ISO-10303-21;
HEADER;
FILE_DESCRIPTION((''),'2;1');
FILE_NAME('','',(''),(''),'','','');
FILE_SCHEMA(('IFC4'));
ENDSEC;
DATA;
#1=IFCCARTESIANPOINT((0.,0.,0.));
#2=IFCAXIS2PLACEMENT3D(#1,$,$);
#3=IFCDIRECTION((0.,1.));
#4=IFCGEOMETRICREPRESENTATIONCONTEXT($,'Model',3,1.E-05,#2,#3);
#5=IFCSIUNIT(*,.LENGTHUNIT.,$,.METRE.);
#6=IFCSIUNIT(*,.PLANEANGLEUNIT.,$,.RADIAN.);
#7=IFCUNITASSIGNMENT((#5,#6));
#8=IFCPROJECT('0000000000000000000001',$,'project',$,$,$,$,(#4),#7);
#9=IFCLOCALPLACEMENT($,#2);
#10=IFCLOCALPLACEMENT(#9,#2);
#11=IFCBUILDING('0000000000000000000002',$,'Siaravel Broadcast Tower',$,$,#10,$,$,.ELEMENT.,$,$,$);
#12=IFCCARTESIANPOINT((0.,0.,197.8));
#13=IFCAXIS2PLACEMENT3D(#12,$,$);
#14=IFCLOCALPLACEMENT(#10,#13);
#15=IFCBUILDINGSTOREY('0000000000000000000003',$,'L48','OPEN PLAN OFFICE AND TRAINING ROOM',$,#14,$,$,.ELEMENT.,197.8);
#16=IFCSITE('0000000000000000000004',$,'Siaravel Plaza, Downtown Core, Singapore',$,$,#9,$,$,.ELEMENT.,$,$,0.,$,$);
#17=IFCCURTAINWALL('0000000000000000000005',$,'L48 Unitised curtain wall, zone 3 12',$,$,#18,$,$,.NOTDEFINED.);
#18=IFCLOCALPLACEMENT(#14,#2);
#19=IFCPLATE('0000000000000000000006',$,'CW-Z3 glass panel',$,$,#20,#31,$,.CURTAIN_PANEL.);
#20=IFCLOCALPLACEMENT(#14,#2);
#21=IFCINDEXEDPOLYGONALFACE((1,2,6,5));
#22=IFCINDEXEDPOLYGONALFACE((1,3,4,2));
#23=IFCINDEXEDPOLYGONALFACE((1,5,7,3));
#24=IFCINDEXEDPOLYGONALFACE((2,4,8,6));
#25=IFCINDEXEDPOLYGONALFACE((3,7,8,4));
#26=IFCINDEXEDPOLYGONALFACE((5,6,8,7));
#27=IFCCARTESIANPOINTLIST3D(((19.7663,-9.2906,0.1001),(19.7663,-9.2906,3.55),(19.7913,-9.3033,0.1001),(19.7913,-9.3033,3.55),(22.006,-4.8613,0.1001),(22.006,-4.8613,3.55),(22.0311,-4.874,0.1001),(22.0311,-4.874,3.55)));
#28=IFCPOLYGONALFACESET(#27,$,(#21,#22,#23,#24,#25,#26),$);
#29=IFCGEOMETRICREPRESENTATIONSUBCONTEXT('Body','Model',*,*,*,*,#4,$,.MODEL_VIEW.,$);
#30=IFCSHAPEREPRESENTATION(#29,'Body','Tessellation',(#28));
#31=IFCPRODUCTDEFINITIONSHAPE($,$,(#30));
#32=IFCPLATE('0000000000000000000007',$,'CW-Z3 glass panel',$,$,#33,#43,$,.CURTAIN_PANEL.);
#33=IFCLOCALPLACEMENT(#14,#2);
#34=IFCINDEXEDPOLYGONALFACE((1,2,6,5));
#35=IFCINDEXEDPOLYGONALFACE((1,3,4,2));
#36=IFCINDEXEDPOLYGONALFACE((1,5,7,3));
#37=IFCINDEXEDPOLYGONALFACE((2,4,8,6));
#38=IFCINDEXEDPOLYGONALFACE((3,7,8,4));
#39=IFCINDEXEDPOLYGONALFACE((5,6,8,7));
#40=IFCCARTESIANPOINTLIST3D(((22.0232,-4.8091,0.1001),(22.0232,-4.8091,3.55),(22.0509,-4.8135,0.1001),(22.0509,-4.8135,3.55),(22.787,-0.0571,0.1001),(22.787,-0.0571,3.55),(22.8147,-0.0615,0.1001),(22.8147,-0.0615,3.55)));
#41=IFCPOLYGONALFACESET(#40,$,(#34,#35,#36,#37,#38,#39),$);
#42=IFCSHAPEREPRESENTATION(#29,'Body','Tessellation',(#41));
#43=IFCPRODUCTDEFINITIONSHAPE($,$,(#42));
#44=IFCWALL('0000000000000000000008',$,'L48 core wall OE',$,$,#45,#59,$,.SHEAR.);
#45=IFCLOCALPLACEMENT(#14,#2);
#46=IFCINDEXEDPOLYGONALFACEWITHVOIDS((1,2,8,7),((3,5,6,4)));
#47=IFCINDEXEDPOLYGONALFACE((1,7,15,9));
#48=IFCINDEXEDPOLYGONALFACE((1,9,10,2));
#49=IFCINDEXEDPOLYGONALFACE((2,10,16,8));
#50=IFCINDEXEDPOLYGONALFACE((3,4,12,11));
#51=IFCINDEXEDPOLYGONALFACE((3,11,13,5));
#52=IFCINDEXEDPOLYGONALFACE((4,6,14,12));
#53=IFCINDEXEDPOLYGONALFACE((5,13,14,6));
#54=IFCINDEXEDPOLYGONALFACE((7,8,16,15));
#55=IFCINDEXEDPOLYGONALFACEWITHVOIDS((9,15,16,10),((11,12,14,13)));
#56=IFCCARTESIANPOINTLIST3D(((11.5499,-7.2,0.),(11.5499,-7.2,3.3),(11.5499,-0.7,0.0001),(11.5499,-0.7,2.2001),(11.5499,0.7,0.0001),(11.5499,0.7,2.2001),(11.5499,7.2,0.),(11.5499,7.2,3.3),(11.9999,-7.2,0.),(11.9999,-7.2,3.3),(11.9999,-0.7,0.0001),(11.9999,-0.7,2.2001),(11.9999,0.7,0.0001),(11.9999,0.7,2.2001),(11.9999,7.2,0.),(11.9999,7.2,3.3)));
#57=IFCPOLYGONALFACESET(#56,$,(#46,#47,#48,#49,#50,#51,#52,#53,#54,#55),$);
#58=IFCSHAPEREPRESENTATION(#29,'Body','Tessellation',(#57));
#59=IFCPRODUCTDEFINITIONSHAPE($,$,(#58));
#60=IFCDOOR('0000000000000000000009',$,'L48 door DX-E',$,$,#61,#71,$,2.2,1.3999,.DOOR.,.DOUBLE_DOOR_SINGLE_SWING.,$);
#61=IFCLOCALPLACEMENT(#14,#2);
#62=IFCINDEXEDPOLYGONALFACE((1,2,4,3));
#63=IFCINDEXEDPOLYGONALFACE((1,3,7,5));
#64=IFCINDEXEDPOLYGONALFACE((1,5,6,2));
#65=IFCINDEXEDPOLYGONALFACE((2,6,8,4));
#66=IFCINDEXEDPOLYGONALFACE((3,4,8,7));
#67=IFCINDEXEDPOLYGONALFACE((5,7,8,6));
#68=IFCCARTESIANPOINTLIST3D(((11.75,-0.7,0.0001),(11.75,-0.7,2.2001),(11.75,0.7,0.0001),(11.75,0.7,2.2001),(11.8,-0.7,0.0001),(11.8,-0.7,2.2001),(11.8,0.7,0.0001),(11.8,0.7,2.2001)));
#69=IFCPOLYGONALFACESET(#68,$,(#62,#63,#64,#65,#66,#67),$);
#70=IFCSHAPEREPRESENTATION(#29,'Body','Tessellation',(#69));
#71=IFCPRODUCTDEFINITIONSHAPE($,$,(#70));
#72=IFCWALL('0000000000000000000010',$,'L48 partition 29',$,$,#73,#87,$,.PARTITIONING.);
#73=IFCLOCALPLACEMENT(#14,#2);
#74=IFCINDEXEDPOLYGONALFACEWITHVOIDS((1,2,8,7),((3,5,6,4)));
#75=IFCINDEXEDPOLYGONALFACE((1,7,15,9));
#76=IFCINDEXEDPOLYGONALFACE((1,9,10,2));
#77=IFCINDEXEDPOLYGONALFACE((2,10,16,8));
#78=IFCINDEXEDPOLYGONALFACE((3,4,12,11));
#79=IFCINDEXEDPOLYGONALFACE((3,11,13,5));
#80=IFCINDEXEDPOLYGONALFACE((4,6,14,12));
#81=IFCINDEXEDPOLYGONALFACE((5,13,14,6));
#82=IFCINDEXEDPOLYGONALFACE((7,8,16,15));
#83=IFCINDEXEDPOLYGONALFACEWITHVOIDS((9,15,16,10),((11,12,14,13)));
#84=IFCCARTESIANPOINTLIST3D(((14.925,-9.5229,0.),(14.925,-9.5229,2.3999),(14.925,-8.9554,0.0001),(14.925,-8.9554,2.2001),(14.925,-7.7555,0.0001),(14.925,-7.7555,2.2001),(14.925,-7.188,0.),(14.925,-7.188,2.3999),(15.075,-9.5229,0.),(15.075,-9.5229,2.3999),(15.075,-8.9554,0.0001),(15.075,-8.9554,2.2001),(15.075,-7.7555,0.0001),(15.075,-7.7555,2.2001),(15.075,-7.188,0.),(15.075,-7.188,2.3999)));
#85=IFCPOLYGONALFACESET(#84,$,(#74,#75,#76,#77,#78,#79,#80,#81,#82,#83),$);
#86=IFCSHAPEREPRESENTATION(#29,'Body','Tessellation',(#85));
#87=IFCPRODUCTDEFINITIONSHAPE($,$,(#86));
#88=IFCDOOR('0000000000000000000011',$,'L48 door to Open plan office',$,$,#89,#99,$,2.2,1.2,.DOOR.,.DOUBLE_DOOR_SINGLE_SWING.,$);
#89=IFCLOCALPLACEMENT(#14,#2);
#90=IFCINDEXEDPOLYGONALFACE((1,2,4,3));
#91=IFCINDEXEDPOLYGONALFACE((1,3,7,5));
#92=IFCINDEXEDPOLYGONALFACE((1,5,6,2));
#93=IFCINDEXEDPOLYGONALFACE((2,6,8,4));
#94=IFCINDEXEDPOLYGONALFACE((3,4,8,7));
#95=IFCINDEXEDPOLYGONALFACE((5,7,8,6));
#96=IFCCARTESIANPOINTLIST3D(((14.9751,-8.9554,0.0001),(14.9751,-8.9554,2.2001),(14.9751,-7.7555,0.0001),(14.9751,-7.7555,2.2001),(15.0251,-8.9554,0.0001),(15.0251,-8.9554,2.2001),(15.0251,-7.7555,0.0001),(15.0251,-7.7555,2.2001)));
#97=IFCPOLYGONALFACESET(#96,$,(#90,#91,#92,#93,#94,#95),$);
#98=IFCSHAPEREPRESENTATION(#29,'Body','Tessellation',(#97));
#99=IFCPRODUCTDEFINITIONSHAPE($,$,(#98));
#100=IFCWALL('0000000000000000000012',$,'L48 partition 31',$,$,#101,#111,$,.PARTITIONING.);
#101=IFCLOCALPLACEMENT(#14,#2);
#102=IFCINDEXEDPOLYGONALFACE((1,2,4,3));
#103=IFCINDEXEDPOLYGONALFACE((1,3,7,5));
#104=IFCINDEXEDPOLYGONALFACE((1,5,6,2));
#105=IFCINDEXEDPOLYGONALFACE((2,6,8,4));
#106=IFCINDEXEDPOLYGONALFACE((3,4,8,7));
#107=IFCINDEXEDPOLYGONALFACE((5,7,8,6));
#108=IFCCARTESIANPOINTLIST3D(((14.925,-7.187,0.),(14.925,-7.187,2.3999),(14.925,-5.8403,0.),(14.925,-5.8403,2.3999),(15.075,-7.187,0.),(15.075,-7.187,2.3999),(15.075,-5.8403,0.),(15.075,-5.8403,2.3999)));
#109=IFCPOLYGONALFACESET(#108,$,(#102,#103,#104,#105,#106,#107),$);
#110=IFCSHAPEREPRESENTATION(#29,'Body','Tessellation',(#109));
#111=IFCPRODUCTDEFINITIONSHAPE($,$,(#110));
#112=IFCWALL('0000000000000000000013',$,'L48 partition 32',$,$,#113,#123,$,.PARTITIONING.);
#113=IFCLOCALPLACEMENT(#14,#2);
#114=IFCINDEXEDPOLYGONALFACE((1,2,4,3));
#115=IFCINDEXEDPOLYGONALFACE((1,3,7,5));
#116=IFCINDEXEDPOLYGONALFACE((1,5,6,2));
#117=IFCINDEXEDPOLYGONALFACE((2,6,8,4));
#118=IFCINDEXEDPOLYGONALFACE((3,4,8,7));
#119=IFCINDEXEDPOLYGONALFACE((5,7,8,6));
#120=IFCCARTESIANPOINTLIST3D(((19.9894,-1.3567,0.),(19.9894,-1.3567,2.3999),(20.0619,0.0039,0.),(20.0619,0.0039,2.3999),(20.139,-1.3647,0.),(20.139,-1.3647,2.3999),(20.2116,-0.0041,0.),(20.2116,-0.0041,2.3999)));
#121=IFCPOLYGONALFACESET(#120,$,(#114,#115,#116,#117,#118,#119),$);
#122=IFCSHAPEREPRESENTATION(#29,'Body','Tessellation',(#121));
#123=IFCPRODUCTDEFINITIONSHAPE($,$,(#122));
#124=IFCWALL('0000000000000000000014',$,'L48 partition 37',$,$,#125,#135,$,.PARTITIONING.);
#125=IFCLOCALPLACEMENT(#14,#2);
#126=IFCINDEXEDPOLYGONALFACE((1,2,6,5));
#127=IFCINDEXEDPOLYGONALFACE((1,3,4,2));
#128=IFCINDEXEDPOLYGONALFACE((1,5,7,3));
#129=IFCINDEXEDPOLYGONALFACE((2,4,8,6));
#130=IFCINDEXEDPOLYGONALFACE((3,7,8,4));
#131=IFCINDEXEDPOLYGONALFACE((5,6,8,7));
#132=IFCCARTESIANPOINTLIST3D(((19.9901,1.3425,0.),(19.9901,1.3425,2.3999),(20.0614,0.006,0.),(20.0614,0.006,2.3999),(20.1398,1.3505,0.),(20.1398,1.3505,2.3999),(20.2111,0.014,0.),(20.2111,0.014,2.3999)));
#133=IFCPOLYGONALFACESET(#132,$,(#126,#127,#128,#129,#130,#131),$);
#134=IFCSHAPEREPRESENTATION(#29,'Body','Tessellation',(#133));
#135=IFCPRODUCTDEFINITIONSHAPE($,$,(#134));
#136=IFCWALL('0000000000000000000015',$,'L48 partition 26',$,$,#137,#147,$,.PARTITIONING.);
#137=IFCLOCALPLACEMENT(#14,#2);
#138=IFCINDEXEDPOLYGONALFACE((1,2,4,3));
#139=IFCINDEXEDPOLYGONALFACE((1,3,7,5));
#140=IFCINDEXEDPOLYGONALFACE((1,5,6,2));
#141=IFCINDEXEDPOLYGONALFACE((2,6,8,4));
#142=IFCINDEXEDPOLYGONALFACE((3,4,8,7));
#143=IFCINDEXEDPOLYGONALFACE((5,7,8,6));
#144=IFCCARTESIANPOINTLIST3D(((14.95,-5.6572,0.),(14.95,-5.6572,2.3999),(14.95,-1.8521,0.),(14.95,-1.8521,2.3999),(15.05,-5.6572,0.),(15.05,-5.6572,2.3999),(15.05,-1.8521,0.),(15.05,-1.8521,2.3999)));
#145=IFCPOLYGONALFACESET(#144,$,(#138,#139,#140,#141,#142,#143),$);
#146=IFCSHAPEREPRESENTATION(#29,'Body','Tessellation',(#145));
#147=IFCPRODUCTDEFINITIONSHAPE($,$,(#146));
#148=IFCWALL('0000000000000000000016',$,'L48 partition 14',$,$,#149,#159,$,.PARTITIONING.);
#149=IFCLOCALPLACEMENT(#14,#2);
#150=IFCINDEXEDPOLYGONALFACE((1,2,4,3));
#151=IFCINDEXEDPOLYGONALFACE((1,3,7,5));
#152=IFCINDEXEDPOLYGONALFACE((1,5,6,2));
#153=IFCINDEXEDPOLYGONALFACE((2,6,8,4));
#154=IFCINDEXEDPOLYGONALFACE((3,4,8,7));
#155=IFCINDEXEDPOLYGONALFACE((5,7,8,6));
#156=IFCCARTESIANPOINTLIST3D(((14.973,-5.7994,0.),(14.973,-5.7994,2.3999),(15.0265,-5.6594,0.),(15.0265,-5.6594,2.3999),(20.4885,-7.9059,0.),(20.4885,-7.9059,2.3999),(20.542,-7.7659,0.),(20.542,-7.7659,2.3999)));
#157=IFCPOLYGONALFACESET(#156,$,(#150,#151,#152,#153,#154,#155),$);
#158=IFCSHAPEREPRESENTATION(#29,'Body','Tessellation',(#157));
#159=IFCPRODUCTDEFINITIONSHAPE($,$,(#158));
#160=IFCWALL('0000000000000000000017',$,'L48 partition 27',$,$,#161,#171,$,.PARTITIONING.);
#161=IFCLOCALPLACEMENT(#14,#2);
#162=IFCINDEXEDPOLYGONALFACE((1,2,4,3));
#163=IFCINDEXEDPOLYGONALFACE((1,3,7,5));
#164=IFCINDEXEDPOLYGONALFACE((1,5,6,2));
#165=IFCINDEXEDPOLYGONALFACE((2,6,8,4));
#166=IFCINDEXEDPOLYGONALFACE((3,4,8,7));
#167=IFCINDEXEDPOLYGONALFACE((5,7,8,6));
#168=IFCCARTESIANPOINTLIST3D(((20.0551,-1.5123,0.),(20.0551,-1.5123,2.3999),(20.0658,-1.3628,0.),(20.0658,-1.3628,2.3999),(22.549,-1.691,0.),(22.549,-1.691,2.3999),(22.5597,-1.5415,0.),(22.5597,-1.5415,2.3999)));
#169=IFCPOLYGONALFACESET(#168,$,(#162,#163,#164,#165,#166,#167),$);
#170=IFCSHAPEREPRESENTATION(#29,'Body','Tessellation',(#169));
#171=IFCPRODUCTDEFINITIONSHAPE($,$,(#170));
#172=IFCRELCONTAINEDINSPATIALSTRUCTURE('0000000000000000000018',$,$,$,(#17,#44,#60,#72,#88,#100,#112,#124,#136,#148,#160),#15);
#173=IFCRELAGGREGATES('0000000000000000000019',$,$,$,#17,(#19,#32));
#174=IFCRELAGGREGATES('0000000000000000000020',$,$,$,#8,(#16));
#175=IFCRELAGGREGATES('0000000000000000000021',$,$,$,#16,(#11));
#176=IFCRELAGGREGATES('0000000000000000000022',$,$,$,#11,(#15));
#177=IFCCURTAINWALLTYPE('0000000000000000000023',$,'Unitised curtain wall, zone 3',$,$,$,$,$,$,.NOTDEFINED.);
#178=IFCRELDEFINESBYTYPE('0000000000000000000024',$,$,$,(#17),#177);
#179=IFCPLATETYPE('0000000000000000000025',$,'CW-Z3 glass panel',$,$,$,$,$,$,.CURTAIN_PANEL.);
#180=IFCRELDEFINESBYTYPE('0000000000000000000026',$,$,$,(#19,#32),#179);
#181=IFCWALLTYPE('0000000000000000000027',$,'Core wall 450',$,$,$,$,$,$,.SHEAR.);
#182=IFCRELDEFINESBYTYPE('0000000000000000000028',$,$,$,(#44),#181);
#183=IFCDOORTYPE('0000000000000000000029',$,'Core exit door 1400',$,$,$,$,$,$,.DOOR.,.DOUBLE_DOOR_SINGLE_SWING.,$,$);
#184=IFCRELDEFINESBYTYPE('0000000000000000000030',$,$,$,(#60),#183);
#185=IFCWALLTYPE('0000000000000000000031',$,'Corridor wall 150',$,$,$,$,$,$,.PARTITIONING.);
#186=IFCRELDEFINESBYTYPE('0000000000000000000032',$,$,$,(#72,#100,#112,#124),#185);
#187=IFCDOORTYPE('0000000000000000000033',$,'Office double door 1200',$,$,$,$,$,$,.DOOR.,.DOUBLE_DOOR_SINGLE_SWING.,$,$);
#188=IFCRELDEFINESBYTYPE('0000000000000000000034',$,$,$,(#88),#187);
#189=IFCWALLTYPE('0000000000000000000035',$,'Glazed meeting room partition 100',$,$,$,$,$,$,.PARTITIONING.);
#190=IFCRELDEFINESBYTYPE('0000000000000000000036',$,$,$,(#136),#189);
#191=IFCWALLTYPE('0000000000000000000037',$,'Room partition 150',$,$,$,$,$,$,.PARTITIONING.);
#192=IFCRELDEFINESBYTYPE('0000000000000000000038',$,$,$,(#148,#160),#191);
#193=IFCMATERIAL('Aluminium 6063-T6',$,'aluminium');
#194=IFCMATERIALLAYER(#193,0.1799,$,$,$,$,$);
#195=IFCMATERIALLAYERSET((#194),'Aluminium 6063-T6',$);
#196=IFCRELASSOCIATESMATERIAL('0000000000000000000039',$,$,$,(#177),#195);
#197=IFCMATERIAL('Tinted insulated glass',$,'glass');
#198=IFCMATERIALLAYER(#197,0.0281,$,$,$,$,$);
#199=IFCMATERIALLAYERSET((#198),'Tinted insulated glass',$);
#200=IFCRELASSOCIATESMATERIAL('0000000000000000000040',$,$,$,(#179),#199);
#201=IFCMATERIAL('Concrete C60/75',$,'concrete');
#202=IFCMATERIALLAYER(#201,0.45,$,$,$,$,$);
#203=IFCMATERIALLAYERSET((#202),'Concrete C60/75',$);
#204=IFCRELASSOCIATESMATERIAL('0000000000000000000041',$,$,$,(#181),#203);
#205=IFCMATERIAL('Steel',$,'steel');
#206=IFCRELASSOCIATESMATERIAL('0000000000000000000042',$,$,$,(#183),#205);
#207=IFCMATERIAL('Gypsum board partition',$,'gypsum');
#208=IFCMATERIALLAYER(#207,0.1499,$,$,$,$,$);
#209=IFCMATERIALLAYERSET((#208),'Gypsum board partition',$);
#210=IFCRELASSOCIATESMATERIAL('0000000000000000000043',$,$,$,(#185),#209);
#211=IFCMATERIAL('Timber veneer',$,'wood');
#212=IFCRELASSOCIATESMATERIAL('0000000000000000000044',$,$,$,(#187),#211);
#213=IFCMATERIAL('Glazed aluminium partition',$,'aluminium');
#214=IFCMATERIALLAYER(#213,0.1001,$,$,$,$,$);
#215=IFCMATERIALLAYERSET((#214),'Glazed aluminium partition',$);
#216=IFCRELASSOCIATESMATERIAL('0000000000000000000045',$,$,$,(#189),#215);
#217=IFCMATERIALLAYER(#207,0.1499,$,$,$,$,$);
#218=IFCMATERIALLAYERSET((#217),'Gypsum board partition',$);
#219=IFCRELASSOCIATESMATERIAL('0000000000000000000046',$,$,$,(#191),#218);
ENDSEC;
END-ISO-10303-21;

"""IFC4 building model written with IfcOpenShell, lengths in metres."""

from ifc_helpers import new_model, si_unit, direction, frame, frame_2d, origin, origin_2d, place, context, subcontext, project, spatial, rectangle, extrude, material, layer, layer_set, type_object, element, fill, aggregate, save


model = new_model("IFC4")

# Units and contexts
model_context = context("Model", 3, precision=1e-05, world=origin(), true_north=direction((0.0, 1.0)))
body_context = subcontext(model_context, "Body", "Model", "MODEL_VIEW")
ifc_project = project(units=[si_unit("LENGTHUNIT", "METRE"), si_unit("PLANEANGLEUNIT", "RADIAN")], contexts=[model_context])

# Site, building, storey
site_placement = place(None, origin())
site = spatial("IfcSite", under=ifc_project, at=site_placement, Name="Siaravel Plaza, Downtown Core, Singapore", CompositionType="ELEMENT", RefElevation=0.0)
building_placement = place(site_placement, origin())
building = spatial("IfcBuilding", under=site, at=building_placement, Name="Siaravel Broadcast Tower", CompositionType="ELEMENT")
storey_placement = place(building_placement, frame((0.0, 0.0, 197.8)))
storey = spatial("IfcBuildingStorey", under=building, at=storey_placement, Name="L48", Description="OPEN PLAN OFFICE AND TRAINING ROOM", CompositionType="ELEMENT", Elevation=197.8)

# Shared definitions
ifc_material_1 = material(Name="Concrete C60/75", Category="concrete")

# Curtain wall
ifc_material_2 = material(Name="Aluminium 6063-T6", Category="aluminium")
ifc_layer_1 = layer(ifc_material_2, 0.1799)
ifc_layer_set_1 = layer_set([ifc_layer_1], Name="Aluminium 6063-T6")
curtain_wall_type = type_object("IfcCurtainWallType", Name="Unitised curtain wall, zone 3", PredefinedType="NOTDEFINED", material=ifc_layer_set_1)
curtain_wall_1_placement = place(storey_placement, origin())
curtain_wall_1 = element("IfcCurtainWall", 1, at=curtain_wall_1_placement, inside=storey, type_object=curtain_wall_type, Name="L48 Unitised curtain wall, zone 3 12", PredefinedType="NOTDEFINED")

# Plates
ifc_material_3 = material(Name="Tinted insulated glass", Category="glass")
ifc_layer_2 = layer(ifc_material_3, 0.0281)
ifc_layer_set_2 = layer_set([ifc_layer_2], Name="Tinted insulated glass")
plate_type = type_object("IfcPlateType", Name="CW-Z3 glass panel", PredefinedType="CURTAIN_PANEL", material=ifc_layer_set_2)
plate_1_placement = place(storey_placement, frame((20.8987, -7.0823, 0.1001), z_axis=(0.0, 0.0, 1.0), x_axis=(0.451261, 0.892392, 0.0)))
plate_1 = element("IfcPlate", 2, at=plate_1_placement, type_object=plate_type, Name="CW-Z3 glass panel", PredefinedType="CURTAIN_PANEL", context=body_context, shape_type="SweptSolid", body=[
    extrude(rectangle(XDim=4.9634, YDim=0.0281, at=origin_2d()), origin(), (0.0, 0.0, 1.0), 3.45),
])
plate_2_placement = place(storey_placement, frame((22.4189, -2.4353, 0.1001), z_axis=(0.0, 0.0, 1.0), x_axis=(0.158685, 0.987329, 0.0)))
plate_2 = element("IfcPlate", 3, at=plate_2_placement, type_object=plate_type, Name="CW-Z3 glass panel", PredefinedType="CURTAIN_PANEL", context=body_context, shape_type="SweptSolid", body=[
    extrude(rectangle(XDim=4.813, YDim=0.0281, at=origin_2d()), origin(), (0.0, 0.0, 1.0), 3.45),
])
aggregate(curtain_wall_1, [plate_1, plate_2])

# Walls, openings, doors
ifc_layer_3 = layer(ifc_material_1, 0.45)
ifc_layer_set_3 = layer_set([ifc_layer_3], Name="Concrete C60/75")
wall_type_1 = type_object("IfcWallType", Name="Core wall 450", PredefinedType="SHEAR", material=ifc_layer_set_3)
wall_1_placement = place(storey_placement, frame((11.7749, -7.2, 0.0), z_axis=(0.0, 0.0, 1.0), x_axis=(0.0, 1.0, 0.0)))
wall_1 = element("IfcWall", 4, at=wall_1_placement, inside=storey, type_object=wall_type_1, Name="L48 core wall OE", PredefinedType="SHEAR", context=body_context, shape_type="SweptSolid", body=[
    extrude(rectangle(XDim=14.3999, YDim=0.45, at=frame_2d((7.2, 0.0))), origin(), (0.0, 0.0, 1.0), 3.3),
])
opening_1_placement = place(wall_1_placement, frame((6.5, 0.0, 0.0)))
opening_1 = element("IfcOpeningElement", 5, at=opening_1_placement, cuts=wall_1, PredefinedType="OPENING", context=body_context, shape_type="SweptSolid", body=[
    extrude(rectangle(XDim=1.3999, YDim=2.2, at=frame_2d((0.7, 1.1001))), frame((0.0, 0.2349, 0.0), z_axis=(0.0, -1.0, 0.0), x_axis=(1.0, 0.0, 0.0)), (0.0, 0.0, 1.0), 0.47),
])
ifc_material_4 = material(Name="Steel", Category="steel")
door_type_1 = type_object("IfcDoorType", Name="Core exit door 1400", OperationType="DOUBLE_DOOR_SINGLE_SWING", PredefinedType="DOOR", material=ifc_material_4)
door_1_placement = place(opening_1_placement, origin())
door_1 = element("IfcDoor", 6, at=door_1_placement, inside=storey, type_object=door_type_1, Name="L48 door DX-E", OperationType="DOUBLE_DOOR_SINGLE_SWING", OverallHeight=2.2, OverallWidth=1.3999, PredefinedType="DOOR", context=body_context, shape_type="SweptSolid", body=[
    extrude(rectangle(XDim=1.3999, YDim=2.2, at=frame_2d((0.7, 1.1001))), frame((0.0, 0.0249, 0.0), z_axis=(0.0, -1.0, 0.0), x_axis=(1.0, 0.0, 0.0)), (0.0, 0.0, 1.0), 0.05),
])
fill(opening_1, door_1)
ifc_material_5 = material(Name="Gypsum board partition", Category="gypsum")
ifc_layer_4 = layer(ifc_material_5, 0.1499)
ifc_layer_set_4 = layer_set([ifc_layer_4], Name="Gypsum board partition")
wall_type_2 = type_object("IfcWallType", Name="Corridor wall 150", PredefinedType="PARTITIONING", material=ifc_layer_set_4)
wall_2_placement = place(storey_placement, frame((15.0, -9.5229, 0.0), z_axis=(0.0, 0.0, 1.0), x_axis=(0.0, 1.0, 0.0)))
wall_2 = element("IfcWall", 7, at=wall_2_placement, inside=storey, type_object=wall_type_2, Name="L48 partition 29", PredefinedType="PARTITIONING", context=body_context, shape_type="SweptSolid", body=[
    extrude(rectangle(XDim=2.335, YDim=0.1499, at=frame_2d((1.1675, 0.0))), origin(), (0.0, 0.0, 1.0), 2.3999),
])
opening_2_placement = place(wall_2_placement, frame((0.5674, 0.0, 0.0)))
opening_2 = element("IfcOpeningElement", 8, at=opening_2_placement, cuts=wall_2, PredefinedType="OPENING", context=body_context, shape_type="SweptSolid", body=[
    extrude(rectangle(XDim=1.2, YDim=2.2, at=frame_2d((0.6001, 1.1001))), frame((0.0, 0.085, 0.0), z_axis=(0.0, -1.0, 0.0), x_axis=(1.0, 0.0, 0.0)), (0.0, 0.0, 1.0), 0.1699),
])
ifc_material_6 = material(Name="Timber veneer", Category="wood")
door_type_2 = type_object("IfcDoorType", Name="Office double door 1200", OperationType="DOUBLE_DOOR_SINGLE_SWING", PredefinedType="DOOR", material=ifc_material_6)
door_2_placement = place(opening_2_placement, origin())
door_2 = element("IfcDoor", 9, at=door_2_placement, inside=storey, type_object=door_type_2, Name="L48 door to Open plan office", OperationType="DOUBLE_DOOR_SINGLE_SWING", OverallHeight=2.2, OverallWidth=1.2, PredefinedType="DOOR", context=body_context, shape_type="SweptSolid", body=[
    extrude(rectangle(XDim=1.2, YDim=2.2, at=frame_2d((0.6001, 1.1001))), frame((0.0, 0.0249, 0.0), z_axis=(0.0, -1.0, 0.0), x_axis=(1.0, 0.0, 0.0)), (0.0, 0.0, 1.0), 0.05),
])
fill(opening_2, door_2)

# Walls
wall_3_placement = place(storey_placement, frame((15.0, -7.187, 0.0), z_axis=(0.0, 0.0, 1.0), x_axis=(0.0, 1.0, 0.0)))
element("IfcWall", 10, at=wall_3_placement, inside=storey, type_object=wall_type_2, Name="L48 partition 31", PredefinedType="PARTITIONING", context=body_context, shape_type="SweptSolid", body=[
    extrude(rectangle(XDim=1.3467, YDim=0.1499, at=frame_2d((0.6733, 0.0))), origin(), (0.0, 0.0, 1.0), 2.3999),
])
wall_4_placement = place(storey_placement, frame((20.0642, -1.3606, 0.0), z_axis=(0.0, 0.0, 1.0), x_axis=(0.053217, 0.998583, 0.0)))
element("IfcWall", 11, at=wall_4_placement, inside=storey, type_object=wall_type_2, Name="L48 partition 32", PredefinedType="PARTITIONING", context=body_context, shape_type="SweptSolid", body=[
    extrude(rectangle(XDim=1.3625, YDim=0.1499, at=frame_2d((0.6812, 0.0))), origin(), (0.0, 0.0, 1.0), 2.3999),
])
wall_5_placement = place(storey_placement, frame((20.1362, 0.01, 0.0), z_axis=(0.0, 0.0, 1.0), x_axis=(-0.053267, 0.99858, 0.0)))
element("IfcWall", 12, at=wall_5_placement, inside=storey, type_object=wall_type_2, Name="L48 partition 37", PredefinedType="PARTITIONING", context=body_context, shape_type="SweptSolid", body=[
    extrude(rectangle(XDim=1.3384, YDim=0.1499, at=frame_2d((0.6692, 0.0))), origin(), (0.0, 0.0, 1.0), 2.3999),
])

# Shared definitions
ifc_material_7 = material(Name="Glazed aluminium partition", Category="aluminium")
ifc_layer_5 = layer(ifc_material_7, 0.1001)
ifc_layer_set_5 = layer_set([ifc_layer_5], Name="Glazed aluminium partition")
wall_type_3 = type_object("IfcWallType", Name="Glazed meeting room partition 100", PredefinedType="PARTITIONING", material=ifc_layer_set_5)

# Walls
wall_6_placement = place(storey_placement, frame((15.0, -5.6572, 0.0), z_axis=(0.0, 0.0, 1.0), x_axis=(0.0, 1.0, 0.0)))
element("IfcWall", 13, at=wall_6_placement, inside=storey, type_object=wall_type_3, Name="L48 partition 26", PredefinedType="PARTITIONING", context=body_context, shape_type="SweptSolid", body=[
    extrude(rectangle(XDim=3.8052, YDim=0.1001, at=frame_2d((1.9026, 0.0))), origin(), (0.0, 0.0, 1.0), 2.3999),
])
ifc_layer_6 = layer(ifc_material_5, 0.1499)
ifc_layer_set_6 = layer_set([ifc_layer_6], Name="Gypsum board partition")
wall_type_4 = type_object("IfcWallType", Name="Room partition 150", PredefinedType="PARTITIONING", material=ifc_layer_set_6)
wall_7_placement = place(storey_placement, frame((20.5154, -7.8359, 0.0), z_axis=(0.0, 0.0, 1.0), x_axis=(-0.934186, 0.356786, 0.0)))
element("IfcWall", 14, at=wall_7_placement, inside=storey, type_object=wall_type_4, Name="L48 partition 14", PredefinedType="PARTITIONING", context=body_context, shape_type="SweptSolid", body=[
    extrude(rectangle(XDim=5.9041, YDim=0.1499, at=frame_2d((2.9521, 0.0))), origin(), (0.0, 0.0, 1.0), 2.3999),
])
wall_8_placement = place(storey_placement, frame((22.5542, -1.6162, 0.0), z_axis=(0.0, 0.0, 1.0), x_axis=(-0.997442, 0.071476, 0.0)))
element("IfcWall", 15, at=wall_8_placement, inside=storey, type_object=wall_type_4, Name="L48 partition 27", PredefinedType="PARTITIONING", context=body_context, shape_type="SweptSolid", body=[
    extrude(rectangle(XDim=2.5002, YDim=0.1499, at=frame_2d((1.25, 0.0))), origin(), (0.0, 0.0, 1.0), 2.3999),
])

save(model, "model.ifc")
